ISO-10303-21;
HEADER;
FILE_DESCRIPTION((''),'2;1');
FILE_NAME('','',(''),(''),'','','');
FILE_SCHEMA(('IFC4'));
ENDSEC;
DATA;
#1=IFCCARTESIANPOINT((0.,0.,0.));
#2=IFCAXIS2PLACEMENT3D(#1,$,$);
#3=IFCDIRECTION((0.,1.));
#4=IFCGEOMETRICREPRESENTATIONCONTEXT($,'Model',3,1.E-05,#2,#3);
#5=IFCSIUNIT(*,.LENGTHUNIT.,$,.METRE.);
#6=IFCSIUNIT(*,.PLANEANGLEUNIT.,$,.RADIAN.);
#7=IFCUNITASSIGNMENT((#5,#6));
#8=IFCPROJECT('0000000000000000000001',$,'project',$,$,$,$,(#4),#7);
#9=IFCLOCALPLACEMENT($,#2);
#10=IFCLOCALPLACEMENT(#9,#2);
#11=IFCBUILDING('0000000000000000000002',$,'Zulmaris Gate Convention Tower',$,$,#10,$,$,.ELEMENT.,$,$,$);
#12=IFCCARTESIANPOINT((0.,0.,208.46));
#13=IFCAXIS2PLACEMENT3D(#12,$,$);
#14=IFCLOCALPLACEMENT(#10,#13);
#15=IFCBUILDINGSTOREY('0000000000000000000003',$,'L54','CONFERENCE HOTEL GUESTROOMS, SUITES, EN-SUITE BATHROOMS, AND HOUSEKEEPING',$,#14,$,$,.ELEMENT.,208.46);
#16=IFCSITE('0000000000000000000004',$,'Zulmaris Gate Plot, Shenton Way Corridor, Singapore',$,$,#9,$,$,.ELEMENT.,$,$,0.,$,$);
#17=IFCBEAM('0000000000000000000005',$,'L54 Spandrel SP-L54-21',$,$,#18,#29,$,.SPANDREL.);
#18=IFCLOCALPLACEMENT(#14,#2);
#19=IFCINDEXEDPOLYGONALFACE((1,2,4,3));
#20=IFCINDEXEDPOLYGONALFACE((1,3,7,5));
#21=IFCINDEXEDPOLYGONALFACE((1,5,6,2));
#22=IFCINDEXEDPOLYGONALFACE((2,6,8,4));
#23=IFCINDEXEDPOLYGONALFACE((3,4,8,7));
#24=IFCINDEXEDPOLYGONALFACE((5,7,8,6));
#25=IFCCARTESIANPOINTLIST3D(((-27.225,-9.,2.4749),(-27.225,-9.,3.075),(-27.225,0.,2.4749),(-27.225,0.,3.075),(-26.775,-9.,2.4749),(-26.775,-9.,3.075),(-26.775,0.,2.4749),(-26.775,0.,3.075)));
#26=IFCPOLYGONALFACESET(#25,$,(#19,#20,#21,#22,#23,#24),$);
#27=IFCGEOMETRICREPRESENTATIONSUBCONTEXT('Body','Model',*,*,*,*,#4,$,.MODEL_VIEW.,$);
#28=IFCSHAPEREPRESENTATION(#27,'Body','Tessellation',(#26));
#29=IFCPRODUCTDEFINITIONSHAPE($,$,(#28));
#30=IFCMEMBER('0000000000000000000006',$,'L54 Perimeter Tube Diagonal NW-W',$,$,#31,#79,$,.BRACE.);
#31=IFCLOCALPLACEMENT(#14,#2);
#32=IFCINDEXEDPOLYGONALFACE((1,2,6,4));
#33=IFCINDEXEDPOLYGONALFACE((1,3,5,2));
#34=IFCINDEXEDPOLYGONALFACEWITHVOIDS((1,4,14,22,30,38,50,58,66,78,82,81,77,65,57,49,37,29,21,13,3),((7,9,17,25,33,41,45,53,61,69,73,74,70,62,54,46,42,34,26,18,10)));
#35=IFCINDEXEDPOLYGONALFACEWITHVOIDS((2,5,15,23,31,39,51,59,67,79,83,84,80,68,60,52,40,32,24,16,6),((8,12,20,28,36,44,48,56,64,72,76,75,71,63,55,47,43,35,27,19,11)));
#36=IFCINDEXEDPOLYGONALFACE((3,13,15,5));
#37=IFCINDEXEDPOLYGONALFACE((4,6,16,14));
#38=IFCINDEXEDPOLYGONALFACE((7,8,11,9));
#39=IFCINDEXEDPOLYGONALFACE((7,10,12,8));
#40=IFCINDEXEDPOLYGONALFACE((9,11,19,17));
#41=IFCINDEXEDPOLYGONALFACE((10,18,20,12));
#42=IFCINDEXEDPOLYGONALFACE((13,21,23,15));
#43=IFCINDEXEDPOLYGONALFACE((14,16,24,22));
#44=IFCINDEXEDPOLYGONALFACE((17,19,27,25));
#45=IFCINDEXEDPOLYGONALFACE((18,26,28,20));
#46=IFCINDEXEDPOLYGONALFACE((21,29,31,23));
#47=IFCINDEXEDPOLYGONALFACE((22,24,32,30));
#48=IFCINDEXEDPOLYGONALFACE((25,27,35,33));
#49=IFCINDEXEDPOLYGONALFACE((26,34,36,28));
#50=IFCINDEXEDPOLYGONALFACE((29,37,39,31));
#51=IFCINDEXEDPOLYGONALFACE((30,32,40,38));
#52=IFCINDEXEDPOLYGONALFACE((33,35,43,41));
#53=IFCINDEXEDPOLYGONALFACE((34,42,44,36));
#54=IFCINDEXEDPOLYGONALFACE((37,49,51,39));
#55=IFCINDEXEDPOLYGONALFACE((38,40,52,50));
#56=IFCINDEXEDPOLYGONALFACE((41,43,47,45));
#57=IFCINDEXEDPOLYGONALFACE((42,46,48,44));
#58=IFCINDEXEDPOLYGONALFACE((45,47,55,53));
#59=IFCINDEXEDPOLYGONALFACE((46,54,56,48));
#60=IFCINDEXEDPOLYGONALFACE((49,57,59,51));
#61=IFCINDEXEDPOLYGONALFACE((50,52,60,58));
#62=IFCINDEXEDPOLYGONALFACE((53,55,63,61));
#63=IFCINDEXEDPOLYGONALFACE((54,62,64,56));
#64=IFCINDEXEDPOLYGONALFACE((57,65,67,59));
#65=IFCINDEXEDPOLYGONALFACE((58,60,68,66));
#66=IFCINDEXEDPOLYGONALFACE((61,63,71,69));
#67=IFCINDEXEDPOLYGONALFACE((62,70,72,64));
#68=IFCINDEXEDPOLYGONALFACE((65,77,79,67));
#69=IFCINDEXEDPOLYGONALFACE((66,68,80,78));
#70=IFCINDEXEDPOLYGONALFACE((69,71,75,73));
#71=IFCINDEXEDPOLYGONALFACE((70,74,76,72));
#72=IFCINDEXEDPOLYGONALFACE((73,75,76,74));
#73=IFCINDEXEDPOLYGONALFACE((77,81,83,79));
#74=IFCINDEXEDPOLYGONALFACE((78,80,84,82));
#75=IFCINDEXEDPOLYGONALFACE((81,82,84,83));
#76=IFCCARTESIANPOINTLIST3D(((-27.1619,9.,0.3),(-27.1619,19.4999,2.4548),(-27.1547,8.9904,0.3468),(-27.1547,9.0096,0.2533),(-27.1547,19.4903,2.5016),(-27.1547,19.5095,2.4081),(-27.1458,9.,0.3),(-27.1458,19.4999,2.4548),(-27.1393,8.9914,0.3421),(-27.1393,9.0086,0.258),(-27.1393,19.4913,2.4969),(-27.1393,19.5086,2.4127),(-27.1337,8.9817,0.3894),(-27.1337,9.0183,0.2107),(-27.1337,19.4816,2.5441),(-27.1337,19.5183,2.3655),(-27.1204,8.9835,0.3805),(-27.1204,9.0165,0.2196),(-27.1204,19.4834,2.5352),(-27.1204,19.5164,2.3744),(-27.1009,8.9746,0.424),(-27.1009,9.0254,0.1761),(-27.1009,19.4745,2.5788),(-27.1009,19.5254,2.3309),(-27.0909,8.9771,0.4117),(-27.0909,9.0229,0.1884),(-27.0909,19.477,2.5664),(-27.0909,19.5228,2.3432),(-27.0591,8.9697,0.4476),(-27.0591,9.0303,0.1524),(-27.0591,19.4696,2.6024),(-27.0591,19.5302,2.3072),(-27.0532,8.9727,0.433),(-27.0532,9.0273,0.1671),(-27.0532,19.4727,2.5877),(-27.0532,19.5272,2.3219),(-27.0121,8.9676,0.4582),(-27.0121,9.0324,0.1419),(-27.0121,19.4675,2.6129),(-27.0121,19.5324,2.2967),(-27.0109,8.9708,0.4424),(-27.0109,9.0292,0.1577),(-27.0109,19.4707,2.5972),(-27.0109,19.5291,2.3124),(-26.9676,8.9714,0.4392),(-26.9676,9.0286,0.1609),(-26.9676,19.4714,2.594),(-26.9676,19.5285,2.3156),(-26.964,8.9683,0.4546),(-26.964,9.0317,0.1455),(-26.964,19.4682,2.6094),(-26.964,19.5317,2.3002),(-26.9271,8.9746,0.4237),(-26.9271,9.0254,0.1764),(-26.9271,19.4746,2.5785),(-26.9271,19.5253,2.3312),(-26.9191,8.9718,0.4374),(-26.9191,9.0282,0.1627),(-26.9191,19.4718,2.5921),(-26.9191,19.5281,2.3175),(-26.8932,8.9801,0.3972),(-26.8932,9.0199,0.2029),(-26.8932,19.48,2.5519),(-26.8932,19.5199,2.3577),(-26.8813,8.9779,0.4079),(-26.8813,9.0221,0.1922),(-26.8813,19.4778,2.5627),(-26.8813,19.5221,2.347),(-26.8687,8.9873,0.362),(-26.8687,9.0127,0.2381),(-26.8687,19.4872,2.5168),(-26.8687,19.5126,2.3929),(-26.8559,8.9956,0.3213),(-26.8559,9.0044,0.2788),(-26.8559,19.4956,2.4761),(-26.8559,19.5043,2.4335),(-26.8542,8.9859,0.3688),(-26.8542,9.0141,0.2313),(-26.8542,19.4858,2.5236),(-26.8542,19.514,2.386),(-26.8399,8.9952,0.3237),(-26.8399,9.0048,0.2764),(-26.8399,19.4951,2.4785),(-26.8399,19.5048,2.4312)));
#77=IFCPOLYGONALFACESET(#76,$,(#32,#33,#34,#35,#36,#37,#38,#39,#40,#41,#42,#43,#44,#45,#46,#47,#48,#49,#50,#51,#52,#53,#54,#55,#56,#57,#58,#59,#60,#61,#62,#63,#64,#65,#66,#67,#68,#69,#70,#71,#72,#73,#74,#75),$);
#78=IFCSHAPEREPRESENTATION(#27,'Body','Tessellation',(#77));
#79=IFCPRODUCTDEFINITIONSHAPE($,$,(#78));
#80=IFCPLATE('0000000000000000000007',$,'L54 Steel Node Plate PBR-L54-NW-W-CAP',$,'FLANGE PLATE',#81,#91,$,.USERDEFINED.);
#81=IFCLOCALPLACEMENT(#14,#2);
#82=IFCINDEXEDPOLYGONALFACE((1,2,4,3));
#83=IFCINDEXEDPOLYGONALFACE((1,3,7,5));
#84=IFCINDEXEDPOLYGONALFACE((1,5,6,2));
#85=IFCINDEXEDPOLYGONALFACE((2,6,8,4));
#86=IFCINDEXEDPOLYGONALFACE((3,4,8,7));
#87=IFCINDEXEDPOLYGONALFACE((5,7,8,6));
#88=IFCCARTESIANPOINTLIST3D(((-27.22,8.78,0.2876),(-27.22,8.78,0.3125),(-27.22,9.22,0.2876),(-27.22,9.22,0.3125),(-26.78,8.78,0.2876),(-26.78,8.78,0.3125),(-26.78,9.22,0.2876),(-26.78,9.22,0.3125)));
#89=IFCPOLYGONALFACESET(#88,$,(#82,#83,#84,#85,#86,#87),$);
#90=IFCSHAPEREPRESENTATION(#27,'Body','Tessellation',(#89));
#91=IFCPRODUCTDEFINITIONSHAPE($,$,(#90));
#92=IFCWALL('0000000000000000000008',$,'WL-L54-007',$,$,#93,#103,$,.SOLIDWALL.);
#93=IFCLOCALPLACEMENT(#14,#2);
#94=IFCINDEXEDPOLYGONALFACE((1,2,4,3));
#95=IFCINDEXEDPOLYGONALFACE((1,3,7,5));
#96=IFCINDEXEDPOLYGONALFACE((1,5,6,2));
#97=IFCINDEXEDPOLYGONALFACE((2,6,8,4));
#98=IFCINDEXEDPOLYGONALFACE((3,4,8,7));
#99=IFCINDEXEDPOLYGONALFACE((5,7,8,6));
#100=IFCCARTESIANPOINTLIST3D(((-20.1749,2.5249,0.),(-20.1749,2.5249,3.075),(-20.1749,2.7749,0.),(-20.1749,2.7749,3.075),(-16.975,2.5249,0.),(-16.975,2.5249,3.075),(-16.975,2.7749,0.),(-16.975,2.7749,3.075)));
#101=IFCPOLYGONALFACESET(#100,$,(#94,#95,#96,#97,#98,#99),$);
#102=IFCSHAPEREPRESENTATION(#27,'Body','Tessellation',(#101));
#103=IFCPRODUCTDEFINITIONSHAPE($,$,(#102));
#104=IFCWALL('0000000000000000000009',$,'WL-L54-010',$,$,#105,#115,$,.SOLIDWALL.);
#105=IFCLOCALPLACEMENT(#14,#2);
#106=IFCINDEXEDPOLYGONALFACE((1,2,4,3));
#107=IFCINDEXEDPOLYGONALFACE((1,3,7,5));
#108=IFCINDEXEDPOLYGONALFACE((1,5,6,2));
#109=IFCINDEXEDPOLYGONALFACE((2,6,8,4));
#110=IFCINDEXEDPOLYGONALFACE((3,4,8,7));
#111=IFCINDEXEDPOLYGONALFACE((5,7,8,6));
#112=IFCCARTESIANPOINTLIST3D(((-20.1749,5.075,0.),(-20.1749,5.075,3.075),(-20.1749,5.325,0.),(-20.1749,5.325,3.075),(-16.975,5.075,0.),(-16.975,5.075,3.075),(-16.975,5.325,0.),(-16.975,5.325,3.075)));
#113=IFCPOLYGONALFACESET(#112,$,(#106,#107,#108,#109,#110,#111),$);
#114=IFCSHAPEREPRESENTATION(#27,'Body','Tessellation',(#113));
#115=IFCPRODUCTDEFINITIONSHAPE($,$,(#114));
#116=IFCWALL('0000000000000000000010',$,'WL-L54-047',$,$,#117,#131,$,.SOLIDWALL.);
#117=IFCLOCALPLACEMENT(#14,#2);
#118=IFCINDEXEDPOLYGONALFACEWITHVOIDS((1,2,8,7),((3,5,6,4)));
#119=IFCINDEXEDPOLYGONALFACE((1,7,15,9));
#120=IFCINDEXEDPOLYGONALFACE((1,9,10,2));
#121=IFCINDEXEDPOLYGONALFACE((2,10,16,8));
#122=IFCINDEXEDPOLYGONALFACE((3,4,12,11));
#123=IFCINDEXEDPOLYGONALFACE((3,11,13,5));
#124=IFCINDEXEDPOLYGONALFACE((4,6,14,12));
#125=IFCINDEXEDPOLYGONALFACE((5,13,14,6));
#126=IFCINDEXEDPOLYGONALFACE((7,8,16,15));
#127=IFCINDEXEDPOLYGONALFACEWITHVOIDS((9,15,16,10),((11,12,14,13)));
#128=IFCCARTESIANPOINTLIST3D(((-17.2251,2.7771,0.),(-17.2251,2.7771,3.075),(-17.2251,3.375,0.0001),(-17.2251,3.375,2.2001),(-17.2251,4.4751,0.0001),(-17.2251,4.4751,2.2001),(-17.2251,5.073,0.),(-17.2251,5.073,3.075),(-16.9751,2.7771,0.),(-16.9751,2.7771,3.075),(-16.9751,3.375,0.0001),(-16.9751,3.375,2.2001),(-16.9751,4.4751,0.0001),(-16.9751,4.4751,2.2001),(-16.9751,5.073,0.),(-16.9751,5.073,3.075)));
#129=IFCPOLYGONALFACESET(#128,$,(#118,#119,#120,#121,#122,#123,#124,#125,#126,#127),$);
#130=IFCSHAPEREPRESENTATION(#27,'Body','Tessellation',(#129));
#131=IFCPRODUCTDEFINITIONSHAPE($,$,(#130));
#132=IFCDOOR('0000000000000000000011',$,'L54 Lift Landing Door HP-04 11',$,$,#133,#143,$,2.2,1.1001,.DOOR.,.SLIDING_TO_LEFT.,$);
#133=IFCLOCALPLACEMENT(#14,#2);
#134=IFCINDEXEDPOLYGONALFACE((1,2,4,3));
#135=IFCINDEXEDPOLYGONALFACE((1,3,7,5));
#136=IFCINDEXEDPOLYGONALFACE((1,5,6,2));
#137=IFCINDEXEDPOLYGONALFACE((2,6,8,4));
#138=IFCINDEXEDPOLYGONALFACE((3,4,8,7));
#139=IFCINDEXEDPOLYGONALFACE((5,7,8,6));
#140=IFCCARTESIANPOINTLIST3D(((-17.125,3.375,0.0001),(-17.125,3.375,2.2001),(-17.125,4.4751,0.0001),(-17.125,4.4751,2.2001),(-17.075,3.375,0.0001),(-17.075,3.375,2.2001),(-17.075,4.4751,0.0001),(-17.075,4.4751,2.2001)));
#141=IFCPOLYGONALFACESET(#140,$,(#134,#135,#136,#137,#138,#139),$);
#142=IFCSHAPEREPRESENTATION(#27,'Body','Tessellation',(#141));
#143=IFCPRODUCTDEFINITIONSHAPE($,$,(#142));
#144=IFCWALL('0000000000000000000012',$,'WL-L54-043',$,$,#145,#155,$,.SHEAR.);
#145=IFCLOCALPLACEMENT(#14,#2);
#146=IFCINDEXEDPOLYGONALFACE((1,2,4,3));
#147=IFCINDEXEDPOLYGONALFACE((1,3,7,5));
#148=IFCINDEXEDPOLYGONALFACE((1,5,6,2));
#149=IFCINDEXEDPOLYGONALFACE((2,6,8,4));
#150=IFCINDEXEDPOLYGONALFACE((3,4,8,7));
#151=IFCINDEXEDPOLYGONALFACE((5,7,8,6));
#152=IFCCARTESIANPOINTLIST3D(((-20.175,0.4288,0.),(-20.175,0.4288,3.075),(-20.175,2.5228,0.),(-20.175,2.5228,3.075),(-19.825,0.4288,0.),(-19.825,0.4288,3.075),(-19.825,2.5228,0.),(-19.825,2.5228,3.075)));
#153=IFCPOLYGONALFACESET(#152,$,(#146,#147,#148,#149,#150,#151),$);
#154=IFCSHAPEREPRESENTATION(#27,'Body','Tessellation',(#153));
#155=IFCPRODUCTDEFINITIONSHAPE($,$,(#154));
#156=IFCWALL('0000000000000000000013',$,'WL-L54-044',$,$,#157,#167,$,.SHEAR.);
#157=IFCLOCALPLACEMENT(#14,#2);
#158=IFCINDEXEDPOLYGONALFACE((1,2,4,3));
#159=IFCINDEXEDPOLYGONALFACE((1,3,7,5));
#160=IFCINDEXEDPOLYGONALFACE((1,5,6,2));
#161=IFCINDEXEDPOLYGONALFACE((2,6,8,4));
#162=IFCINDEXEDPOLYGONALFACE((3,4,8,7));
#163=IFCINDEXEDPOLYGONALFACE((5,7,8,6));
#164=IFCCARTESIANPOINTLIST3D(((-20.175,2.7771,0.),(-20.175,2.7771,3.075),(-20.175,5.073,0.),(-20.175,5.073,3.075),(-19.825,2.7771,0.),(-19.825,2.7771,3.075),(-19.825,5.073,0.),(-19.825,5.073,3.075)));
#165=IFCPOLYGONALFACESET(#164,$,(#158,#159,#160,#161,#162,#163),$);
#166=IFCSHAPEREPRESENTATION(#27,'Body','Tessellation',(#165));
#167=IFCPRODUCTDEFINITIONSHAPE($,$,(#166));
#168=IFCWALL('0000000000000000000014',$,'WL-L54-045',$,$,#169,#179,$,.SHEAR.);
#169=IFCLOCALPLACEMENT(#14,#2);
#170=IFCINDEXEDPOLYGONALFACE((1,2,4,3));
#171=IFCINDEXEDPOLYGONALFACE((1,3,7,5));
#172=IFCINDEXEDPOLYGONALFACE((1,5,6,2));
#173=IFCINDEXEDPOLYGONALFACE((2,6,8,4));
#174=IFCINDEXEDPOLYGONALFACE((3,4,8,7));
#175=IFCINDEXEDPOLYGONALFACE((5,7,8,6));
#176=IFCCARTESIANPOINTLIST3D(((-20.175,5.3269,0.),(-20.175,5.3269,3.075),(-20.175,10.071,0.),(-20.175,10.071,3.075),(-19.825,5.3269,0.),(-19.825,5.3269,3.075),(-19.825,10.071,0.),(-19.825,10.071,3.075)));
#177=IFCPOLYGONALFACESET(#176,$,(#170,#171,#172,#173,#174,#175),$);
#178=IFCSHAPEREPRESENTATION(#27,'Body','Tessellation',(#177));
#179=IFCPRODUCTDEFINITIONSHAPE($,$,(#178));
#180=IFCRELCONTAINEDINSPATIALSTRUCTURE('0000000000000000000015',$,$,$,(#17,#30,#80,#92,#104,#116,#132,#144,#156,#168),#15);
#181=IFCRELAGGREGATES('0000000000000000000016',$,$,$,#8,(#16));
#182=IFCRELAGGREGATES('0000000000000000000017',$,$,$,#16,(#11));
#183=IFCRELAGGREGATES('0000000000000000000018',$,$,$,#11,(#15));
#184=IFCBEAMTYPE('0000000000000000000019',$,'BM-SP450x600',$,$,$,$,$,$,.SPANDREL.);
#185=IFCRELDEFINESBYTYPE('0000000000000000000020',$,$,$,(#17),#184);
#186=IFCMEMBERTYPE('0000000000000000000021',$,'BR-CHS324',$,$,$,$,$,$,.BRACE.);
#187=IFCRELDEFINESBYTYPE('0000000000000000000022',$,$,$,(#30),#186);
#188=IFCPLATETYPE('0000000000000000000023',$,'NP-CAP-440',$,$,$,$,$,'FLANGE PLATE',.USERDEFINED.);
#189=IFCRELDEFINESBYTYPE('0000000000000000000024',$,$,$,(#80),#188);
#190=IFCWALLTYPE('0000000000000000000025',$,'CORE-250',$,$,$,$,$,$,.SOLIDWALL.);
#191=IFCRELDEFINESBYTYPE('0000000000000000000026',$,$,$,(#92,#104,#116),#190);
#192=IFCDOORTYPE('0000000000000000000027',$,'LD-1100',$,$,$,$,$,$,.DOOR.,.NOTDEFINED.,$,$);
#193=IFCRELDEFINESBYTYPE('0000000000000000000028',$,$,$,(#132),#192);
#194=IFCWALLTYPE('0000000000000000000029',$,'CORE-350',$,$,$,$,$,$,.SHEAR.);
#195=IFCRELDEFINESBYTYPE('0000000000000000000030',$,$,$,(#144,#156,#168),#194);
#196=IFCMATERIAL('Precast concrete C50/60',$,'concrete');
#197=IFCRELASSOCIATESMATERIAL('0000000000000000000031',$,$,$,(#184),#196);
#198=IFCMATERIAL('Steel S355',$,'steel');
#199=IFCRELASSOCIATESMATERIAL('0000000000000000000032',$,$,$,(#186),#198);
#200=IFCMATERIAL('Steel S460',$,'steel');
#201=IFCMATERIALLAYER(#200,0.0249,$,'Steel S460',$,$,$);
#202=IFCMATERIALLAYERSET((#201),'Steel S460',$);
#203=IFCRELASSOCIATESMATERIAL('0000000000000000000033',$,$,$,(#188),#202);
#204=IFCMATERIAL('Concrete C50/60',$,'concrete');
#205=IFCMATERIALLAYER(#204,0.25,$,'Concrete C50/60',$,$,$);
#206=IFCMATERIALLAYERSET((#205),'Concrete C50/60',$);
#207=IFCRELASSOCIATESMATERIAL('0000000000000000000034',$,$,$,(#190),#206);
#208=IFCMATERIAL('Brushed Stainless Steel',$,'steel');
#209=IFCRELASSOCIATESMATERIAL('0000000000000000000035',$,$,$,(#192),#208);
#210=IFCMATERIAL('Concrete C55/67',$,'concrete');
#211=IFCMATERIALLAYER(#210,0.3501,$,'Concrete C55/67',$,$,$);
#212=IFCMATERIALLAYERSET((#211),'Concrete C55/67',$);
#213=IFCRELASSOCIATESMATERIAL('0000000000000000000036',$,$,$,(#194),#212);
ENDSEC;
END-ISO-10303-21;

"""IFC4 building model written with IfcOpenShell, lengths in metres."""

from ifc_helpers import new_model, si_unit, direction, frame, frame_2d, origin, origin_2d, place, context, subcontext, project, spatial, rectangle, hollow_circle, extrude, material, layer, layer_set, material_profile, profile_set, type_object, element, fill, save


model = new_model("IFC4")

# Units and contexts
model_context = context("Model", 3, precision=1e-05, world=origin(), true_north=direction((0.0, 1.0)))
body_context = subcontext(model_context, "Body", "Model", "MODEL_VIEW")
ifc_project = project(units=[si_unit("LENGTHUNIT", "METRE"), si_unit("PLANEANGLEUNIT", "RADIAN")], contexts=[model_context])

# Site, building, storey
site_placement = place(None, origin())
site = spatial("IfcSite", under=ifc_project, at=site_placement, Name="Zulmaris Gate Plot, Shenton Way Corridor, Singapore", CompositionType="ELEMENT", RefElevation=0.0)
building_placement = place(site_placement, origin())
building = spatial("IfcBuilding", under=site, at=building_placement, Name="Zulmaris Gate Convention Tower", CompositionType="ELEMENT")
storey_placement = place(building_placement, frame((0.0, 0.0, 208.46)))
storey = spatial("IfcBuildingStorey", under=building, at=storey_placement, Name="L54", Description="CONFERENCE HOTEL GUESTROOMS, SUITES, EN-SUITE BATHROOMS, AND HOUSEKEEPING", CompositionType="ELEMENT", Elevation=208.46)

# Beam
ifc_material_1 = material(Name="Steel S355", Category="steel")
ifc_material_2 = material(Name="Concrete C50/60", Category="concrete")
ifc_material_3 = material(Name="Precast concrete C50/60", Category="concrete")
ifc_material_profile_1 = material_profile(ifc_material_3, rectangle(XDim=0.45, YDim=0.6001, at=origin_2d()), Name="RC SPANDREL 450x600")
ifc_profile_set_1 = profile_set([ifc_material_profile_1], Name="Precast concrete C50/60")
beam_type_1 = type_object("IfcBeamType", Name="BM-SP450x600", PredefinedType="SPANDREL", material=ifc_profile_set_1)
for number, where, z_axis, x_axis, name in (
    (1, (-27.0, 0.0, 2.7749), (0.0, -1.0, 0.0), (1.0, 0.0, 0.0), "L54 Spandrel SP-L54-21"),
):
    element("IfcBeam", number, at=place(storey_placement, frame(where, z_axis=z_axis, x_axis=x_axis)), inside=storey, type_object=beam_type_1, Name=name, PredefinedType="SPANDREL", context=body_context, shape_type="SweptSolid", body=[
        extrude(rectangle(XDim=0.45, YDim=0.6001, at=origin_2d()), origin(), (0.0, 0.0, 1.0), 9.0),
    ])

# Member
ifc_material_profile_2 = material_profile(ifc_material_1, hollow_circle(Radius=0.1619, WallThickness=0.0161, at=origin_2d()), Name="CHS 323.9x16")
ifc_profile_set_2 = profile_set([ifc_material_profile_2], Name="Steel S355")
member_type = type_object("IfcMemberType", Name="BR-CHS324", PredefinedType="BRACE", material=ifc_profile_set_2)
member_placement = place(storey_placement, frame((-27.0, 9.0, 0.3), z_axis=(0.0, 0.979585, 0.201028), x_axis=(-1.0, 0.0, 0.0)))
element("IfcMember", 2, at=member_placement, inside=storey, type_object=member_type, Name="L54 Perimeter Tube Diagonal NW-W", PredefinedType="BRACE", context=body_context, shape_type="SweptSolid", body=[
    extrude(hollow_circle(Radius=0.1619, WallThickness=0.0161, at=origin_2d()), origin(), (0.0, 0.0, 1.0), 10.7188),
])

# Plate
ifc_material_4 = material(Name="Steel S460", Category="steel")
ifc_layer_1 = layer(ifc_material_4, 0.0249, Name="Steel S460")
ifc_layer_set_1 = layer_set([ifc_layer_1], Name="Steel S460")
plate_type = type_object("IfcPlateType", Name="NP-CAP-440", ElementType="FLANGE PLATE", PredefinedType="USERDEFINED", material=ifc_layer_set_1)
plate_placement = place(storey_placement, frame((-27.0, 9.0, 0.2876), z_axis=(0.0, 0.0, 1.0), x_axis=(1.0, 0.0, 0.0)))
element("IfcPlate", 3, at=plate_placement, inside=storey, type_object=plate_type, Name="L54 Steel Node Plate PBR-L54-NW-W-CAP", ObjectType="FLANGE PLATE", PredefinedType="USERDEFINED", context=body_context, shape_type="SweptSolid", body=[
    extrude(rectangle(XDim=0.4399, YDim=0.4399, at=origin_2d()), origin(), (0.0, 0.0, 1.0), 0.0249),
])

# Walls
ifc_layer_2 = layer(ifc_material_2, 0.25, Name="Concrete C50/60")
ifc_layer_set_2 = layer_set([ifc_layer_2], Name="Concrete C50/60")
wall_type_1 = type_object("IfcWallType", Name="CORE-250", PredefinedType="SOLIDWALL", material=ifc_layer_set_2)
for number, where, z_axis, x_axis, name in (
    (4, (-20.175, 2.6499, 0.0), (0.0, 0.0, 1.0), (1.0, 0.0, 0.0), "WL-L54-007"),
    (5, (-20.175, 5.2, 0.0), (0.0, 0.0, 1.0), (1.0, 0.0, 0.0), "WL-L54-010"),
):
    element("IfcWall", number, at=place(storey_placement, frame(where, z_axis=z_axis, x_axis=x_axis)), inside=storey, type_object=wall_type_1, Name=name, PredefinedType="SOLIDWALL", context=body_context, shape_type="SweptSolid", body=[
        extrude(rectangle(XDim=3.2, YDim=0.25, at=frame_2d((1.6001, 0.0))), origin(), (0.0, 0.0, 1.0), 3.075),
    ])

# Wall, opening, door
wall_1_placement = place(storey_placement, frame((-17.1001, 2.7771, 0.0), z_axis=(0.0, 0.0, 1.0), x_axis=(0.0, 1.0, 0.0)))
wall_1 = element("IfcWall", 6, at=wall_1_placement, inside=storey, type_object=wall_type_1, Name="WL-L54-047", PredefinedType="SOLIDWALL", context=body_context, shape_type="SweptSolid", body=[
    extrude(rectangle(XDim=2.2959, YDim=0.25, at=frame_2d((1.1479, 0.0))), origin(), (0.0, 0.0, 1.0), 3.075),
])
opening_1_placement = place(wall_1_placement, frame((0.5979, 0.0, 0.0)))
opening_1 = element("IfcOpeningElement", 7, at=opening_1_placement, cuts=wall_1, PredefinedType="OPENING", context=body_context, shape_type="SweptSolid", body=[
    extrude(rectangle(XDim=1.1001, YDim=2.2, at=frame_2d((0.55, 1.1001))), frame((0.0, 0.135, 0.0), z_axis=(0.0, -1.0, 0.0), x_axis=(1.0, 0.0, 0.0)), (0.0, 0.0, 1.0), 0.27),
])
ifc_material_5 = material(Name="Brushed Stainless Steel", Category="steel")
door_type_1 = type_object("IfcDoorType", Name="LD-1100", OperationType="NOTDEFINED", PredefinedType="DOOR", material=ifc_material_5)
door_1_placement = place(opening_1_placement, origin())
door_1 = element("IfcDoor", 8, at=door_1_placement, inside=storey, type_object=door_type_1, Name="L54 Lift Landing Door HP-04 11", OperationType="SLIDING_TO_LEFT", OverallHeight=2.2, OverallWidth=1.1001, PredefinedType="DOOR", context=body_context, shape_type="SweptSolid", body=[
    extrude(rectangle(XDim=1.1001, YDim=2.2, at=frame_2d((0.55, 1.1001))), frame((0.0, 0.0249, 0.0), z_axis=(0.0, -1.0, 0.0), x_axis=(1.0, 0.0, 0.0)), (0.0, 0.0, 1.0), 0.05),
])
fill(opening_1, door_1)

# Walls
ifc_material_6 = material(Name="Concrete C55/67", Category="concrete")
ifc_layer_3 = layer(ifc_material_6, 0.3501, Name="Concrete C55/67")
ifc_layer_set_3 = layer_set([ifc_layer_3], Name="Concrete C55/67")
wall_type_2 = type_object("IfcWallType", Name="CORE-350", PredefinedType="SHEAR", material=ifc_layer_set_3)
wall_2_placement = place(storey_placement, frame((-20.0, 0.429, 0.0), z_axis=(0.0, 0.0, 1.0), x_axis=(0.0, 1.0, 0.0)))
element("IfcWall", 9, at=wall_2_placement, inside=storey, type_object=wall_type_2, Name="WL-L54-043", PredefinedType="SHEAR", context=body_context, shape_type="SweptSolid", body=[
    extrude(rectangle(XDim=2.094, YDim=0.3501, at=frame_2d((1.0469, 0.0))), origin(), (0.0, 0.0, 1.0), 3.075),
])
wall_3_placement = place(storey_placement, frame((-20.0, 2.7771, 0.0), z_axis=(0.0, 0.0, 1.0), x_axis=(0.0, 1.0, 0.0)))
element("IfcWall", 10, at=wall_3_placement, inside=storey, type_object=wall_type_2, Name="WL-L54-044", PredefinedType="SHEAR", context=body_context, shape_type="SweptSolid", body=[
    extrude(rectangle(XDim=2.2959, YDim=0.3501, at=frame_2d((1.1479, 0.0))), origin(), (0.0, 0.0, 1.0), 3.075),
])
wall_4_placement = place(storey_placement, frame((-20.0, 5.3269, 0.0), z_axis=(0.0, 0.0, 1.0), x_axis=(0.0, 1.0, 0.0)))
element("IfcWall", 11, at=wall_4_placement, inside=storey, type_object=wall_type_2, Name="WL-L54-045", PredefinedType="SHEAR", context=body_context, shape_type="SweptSolid", body=[
    extrude(rectangle(XDim=4.7441, YDim=0.3501, at=frame_2d((2.3721, 0.0))), origin(), (0.0, 0.0, 1.0), 3.075),
])

save(model, "model.ifc")
